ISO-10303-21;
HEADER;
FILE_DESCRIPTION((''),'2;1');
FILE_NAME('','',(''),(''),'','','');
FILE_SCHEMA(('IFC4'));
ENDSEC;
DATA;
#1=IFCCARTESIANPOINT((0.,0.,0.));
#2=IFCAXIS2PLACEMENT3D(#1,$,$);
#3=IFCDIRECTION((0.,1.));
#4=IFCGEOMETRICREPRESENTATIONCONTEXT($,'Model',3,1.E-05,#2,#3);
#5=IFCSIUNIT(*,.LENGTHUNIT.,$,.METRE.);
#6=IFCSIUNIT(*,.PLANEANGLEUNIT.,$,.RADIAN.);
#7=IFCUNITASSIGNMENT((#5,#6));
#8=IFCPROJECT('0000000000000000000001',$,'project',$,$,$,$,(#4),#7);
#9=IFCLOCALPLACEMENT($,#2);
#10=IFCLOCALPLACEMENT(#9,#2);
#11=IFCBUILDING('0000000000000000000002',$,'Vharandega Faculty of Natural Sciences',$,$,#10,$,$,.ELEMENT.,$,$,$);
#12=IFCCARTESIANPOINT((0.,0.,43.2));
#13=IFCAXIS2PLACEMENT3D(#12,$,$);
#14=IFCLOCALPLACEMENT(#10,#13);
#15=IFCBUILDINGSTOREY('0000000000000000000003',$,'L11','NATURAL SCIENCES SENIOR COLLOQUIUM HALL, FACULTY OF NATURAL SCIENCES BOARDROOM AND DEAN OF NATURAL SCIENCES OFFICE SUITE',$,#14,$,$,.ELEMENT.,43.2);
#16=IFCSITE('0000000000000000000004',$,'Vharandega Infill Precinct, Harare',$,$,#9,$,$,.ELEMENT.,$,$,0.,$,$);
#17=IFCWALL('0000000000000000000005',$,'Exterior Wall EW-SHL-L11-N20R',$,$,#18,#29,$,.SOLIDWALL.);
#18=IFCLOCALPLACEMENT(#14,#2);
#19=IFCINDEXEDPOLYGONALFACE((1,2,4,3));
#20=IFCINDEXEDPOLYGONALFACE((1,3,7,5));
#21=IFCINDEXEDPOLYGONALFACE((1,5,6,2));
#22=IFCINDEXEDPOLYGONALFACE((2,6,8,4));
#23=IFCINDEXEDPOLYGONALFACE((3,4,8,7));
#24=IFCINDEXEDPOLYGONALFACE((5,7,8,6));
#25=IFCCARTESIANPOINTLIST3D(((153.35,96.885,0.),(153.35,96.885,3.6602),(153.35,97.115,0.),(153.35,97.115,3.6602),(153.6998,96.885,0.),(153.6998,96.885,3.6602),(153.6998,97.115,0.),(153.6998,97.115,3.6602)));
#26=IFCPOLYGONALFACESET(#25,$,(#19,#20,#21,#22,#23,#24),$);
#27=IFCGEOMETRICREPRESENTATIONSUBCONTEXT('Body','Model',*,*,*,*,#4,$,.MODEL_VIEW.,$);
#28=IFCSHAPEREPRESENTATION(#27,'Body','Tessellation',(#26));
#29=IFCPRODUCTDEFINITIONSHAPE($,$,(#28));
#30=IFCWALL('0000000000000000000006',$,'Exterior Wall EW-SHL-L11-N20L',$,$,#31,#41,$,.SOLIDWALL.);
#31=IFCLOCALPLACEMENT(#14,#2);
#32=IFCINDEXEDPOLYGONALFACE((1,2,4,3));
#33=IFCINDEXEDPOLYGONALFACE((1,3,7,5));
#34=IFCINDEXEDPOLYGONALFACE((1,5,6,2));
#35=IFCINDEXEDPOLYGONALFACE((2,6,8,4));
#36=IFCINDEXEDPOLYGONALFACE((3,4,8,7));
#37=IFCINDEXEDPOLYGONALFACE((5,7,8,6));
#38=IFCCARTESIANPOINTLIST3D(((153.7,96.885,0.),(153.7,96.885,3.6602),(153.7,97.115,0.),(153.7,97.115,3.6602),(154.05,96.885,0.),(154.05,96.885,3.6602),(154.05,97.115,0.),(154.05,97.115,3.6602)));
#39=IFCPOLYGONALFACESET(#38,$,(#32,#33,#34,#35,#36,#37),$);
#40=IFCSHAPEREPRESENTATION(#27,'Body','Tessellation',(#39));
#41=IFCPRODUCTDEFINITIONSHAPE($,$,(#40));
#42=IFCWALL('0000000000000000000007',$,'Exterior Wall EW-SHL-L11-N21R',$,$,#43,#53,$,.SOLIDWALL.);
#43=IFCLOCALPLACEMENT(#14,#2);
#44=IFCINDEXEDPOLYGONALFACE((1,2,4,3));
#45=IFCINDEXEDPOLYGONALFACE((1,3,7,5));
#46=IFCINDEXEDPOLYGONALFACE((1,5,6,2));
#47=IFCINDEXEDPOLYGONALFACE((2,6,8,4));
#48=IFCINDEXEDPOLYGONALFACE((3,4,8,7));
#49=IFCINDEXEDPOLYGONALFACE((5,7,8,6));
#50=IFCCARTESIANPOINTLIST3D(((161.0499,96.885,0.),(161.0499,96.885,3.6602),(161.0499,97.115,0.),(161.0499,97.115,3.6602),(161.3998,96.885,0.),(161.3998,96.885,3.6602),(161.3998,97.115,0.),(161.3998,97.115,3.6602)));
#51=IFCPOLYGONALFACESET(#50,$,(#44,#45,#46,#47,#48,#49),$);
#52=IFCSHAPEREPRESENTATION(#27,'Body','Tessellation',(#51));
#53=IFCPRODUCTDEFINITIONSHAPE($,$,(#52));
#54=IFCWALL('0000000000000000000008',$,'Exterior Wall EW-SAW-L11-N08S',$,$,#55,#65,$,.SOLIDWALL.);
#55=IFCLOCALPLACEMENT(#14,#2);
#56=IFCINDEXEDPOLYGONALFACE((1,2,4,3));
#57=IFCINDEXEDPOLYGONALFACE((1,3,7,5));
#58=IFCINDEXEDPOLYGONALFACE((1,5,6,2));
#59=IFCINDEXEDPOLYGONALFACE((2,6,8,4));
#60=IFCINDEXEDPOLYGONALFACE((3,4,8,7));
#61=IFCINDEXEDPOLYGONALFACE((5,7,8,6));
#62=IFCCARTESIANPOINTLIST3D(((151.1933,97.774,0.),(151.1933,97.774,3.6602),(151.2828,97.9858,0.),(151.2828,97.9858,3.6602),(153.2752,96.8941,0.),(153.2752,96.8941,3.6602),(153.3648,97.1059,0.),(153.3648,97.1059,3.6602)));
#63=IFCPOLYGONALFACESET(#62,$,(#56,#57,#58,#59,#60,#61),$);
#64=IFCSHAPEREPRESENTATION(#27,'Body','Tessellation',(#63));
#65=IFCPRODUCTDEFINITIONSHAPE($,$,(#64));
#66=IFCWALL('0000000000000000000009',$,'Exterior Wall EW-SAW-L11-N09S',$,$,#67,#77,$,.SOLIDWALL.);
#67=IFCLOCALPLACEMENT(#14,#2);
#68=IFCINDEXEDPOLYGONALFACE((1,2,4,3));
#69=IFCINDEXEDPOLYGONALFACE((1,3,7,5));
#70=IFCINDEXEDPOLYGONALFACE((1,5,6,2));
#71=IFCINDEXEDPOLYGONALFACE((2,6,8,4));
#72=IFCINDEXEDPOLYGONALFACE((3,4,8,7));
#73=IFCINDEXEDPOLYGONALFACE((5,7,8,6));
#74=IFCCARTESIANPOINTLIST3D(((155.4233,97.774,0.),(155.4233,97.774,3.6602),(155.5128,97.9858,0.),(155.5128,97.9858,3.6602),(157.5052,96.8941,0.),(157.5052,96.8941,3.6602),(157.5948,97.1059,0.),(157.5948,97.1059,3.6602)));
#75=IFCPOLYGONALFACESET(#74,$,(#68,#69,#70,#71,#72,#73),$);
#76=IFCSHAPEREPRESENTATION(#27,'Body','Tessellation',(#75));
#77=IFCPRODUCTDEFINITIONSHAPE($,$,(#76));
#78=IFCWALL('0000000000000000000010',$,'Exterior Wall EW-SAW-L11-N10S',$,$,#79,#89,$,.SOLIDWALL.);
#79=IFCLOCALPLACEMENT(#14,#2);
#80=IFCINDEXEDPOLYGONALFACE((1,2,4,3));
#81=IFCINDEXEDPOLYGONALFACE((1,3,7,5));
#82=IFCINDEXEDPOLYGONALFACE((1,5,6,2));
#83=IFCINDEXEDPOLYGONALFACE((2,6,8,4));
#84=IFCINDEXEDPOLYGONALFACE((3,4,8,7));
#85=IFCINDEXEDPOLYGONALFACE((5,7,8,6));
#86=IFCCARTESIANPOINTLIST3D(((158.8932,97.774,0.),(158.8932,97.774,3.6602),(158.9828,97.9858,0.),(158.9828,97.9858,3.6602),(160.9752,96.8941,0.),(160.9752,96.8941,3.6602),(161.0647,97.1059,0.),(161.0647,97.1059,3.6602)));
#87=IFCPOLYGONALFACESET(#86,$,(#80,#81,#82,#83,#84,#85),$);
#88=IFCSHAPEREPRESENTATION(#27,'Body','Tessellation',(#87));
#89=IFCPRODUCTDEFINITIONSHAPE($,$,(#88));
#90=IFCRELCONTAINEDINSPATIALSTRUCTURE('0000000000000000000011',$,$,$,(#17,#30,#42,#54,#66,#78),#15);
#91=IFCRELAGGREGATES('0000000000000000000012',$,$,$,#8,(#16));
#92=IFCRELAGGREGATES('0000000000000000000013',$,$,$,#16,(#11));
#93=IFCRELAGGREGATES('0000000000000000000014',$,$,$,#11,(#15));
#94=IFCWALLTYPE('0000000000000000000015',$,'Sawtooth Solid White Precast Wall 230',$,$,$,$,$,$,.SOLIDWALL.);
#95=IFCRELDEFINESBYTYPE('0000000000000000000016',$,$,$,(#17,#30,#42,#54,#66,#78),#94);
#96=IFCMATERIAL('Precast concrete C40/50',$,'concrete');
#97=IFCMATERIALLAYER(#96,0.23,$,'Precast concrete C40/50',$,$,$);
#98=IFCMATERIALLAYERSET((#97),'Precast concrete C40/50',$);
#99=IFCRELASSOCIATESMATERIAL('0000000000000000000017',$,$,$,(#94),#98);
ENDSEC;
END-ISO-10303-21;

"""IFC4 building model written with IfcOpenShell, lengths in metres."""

from ifc_helpers import new_model, si_unit, direction, frame, frame_2d, origin, place, context, subcontext, project, spatial, rectangle, extrude, material, layer, layer_set, type_object, element, save


model = new_model("IFC4")

# Units and contexts
model_context = context("Model", 3, precision=1e-05, world=origin(), true_north=direction((0.0, 1.0)))
body_context = subcontext(model_context, "Body", "Model", "MODEL_VIEW")
ifc_project = project(units=[si_unit("LENGTHUNIT", "METRE"), si_unit("PLANEANGLEUNIT", "RADIAN")], contexts=[model_context])

# Site, building, storey
site_placement = place(None, origin())
site = spatial("IfcSite", under=ifc_project, at=site_placement, Name="Vharandega Infill Precinct, Harare", CompositionType="ELEMENT", RefElevation=0.0)
building_placement = place(site_placement, origin())
building = spatial("IfcBuilding", under=site, at=building_placement, Name="Vharandega Faculty of Natural Sciences", CompositionType="ELEMENT")
storey_placement = place(building_placement, frame((0.0, 0.0, 43.2)))
storey = spatial("IfcBuildingStorey", under=building, at=storey_placement, Name="L11", Description="NATURAL SCIENCES SENIOR COLLOQUIUM HALL, FACULTY OF NATURAL SCIENCES BOARDROOM AND DEAN OF NATURAL SCIENCES OFFICE SUITE", CompositionType="ELEMENT", Elevation=43.2)

# Walls
ifc_material_1 = material(Name="Precast concrete C40/50", Category="concrete")
ifc_layer_1 = layer(ifc_material_1, 0.23, Name="Precast concrete C40/50")
ifc_layer_set_1 = layer_set([ifc_layer_1], Name="Precast concrete C40/50")
wall_type_1 = type_object("IfcWallType", Name="Sawtooth Solid White Precast Wall 230", PredefinedType="SOLIDWALL", material=ifc_layer_set_1)
wall_1_placement = place(storey_placement, frame((153.3501, 97.0, 0.0), z_axis=(0.0, 0.0, 1.0), x_axis=(1.0, 0.0, 0.0)))
element("IfcWall", 1, at=wall_1_placement, inside=storey, type_object=wall_type_1, Name="Exterior Wall EW-SHL-L11-N20R", PredefinedType="SOLIDWALL", context=body_context, shape_type="SweptSolid", body=[
    extrude(rectangle(XDim=0.3499, YDim=0.23, at=frame_2d((0.1748, 0.0))), origin(), (0.0, 0.0, 1.0), 3.6602),
])
wall_2_placement = place(storey_placement, frame((153.7, 97.0, 0.0), z_axis=(0.0, 0.0, 1.0), x_axis=(1.0, 0.0, 0.0)))
element("IfcWall", 2, at=wall_2_placement, inside=storey, type_object=wall_type_1, Name="Exterior Wall EW-SHL-L11-N20L", PredefinedType="SOLIDWALL", context=body_context, shape_type="SweptSolid", body=[
    extrude(rectangle(XDim=0.3501, YDim=0.23, at=frame_2d((0.175, 0.0))), origin(), (0.0, 0.0, 1.0), 3.6602),
])
wall_3_placement = place(storey_placement, frame((161.05, 97.0, 0.0), z_axis=(0.0, 0.0, 1.0), x_axis=(1.0, 0.0, 0.0)))
element("IfcWall", 3, at=wall_3_placement, inside=storey, type_object=wall_type_1, Name="Exterior Wall EW-SHL-L11-N21R", PredefinedType="SOLIDWALL", context=body_context, shape_type="SweptSolid", body=[
    extrude(rectangle(XDim=0.3499, YDim=0.23, at=frame_2d((0.1748, 0.0))), origin(), (0.0, 0.0, 1.0), 3.6602),
])
for number, where, z_axis, x_axis, name in (
    (4, (151.238, 97.8799, 0.0), (0.0, 0.0, 1.0), (0.921122, -0.389274, 0.0), "Exterior Wall EW-SAW-L11-N08S"),
    (5, (155.468, 97.8799, 0.0), (0.0, 0.0, 1.0), (0.921122, -0.389274, 0.0), "Exterior Wall EW-SAW-L11-N09S"),
    (6, (158.938, 97.8799, 0.0), (0.0, 0.0, 1.0), (0.921122, -0.389274, 0.0), "Exterior Wall EW-SAW-L11-N10S"),
):
    element("IfcWall", number, at=place(storey_placement, frame(where, z_axis=z_axis, x_axis=x_axis)), inside=storey, type_object=wall_type_1, Name=name, PredefinedType="SOLIDWALL", context=body_context, shape_type="SweptSolid", body=[
        extrude(rectangle(XDim=2.2603, YDim=0.23, at=frame_2d((1.1301, 0.0))), origin(), (0.0, 0.0, 1.0), 3.6602),
    ])

save(model, "model.ifc")
